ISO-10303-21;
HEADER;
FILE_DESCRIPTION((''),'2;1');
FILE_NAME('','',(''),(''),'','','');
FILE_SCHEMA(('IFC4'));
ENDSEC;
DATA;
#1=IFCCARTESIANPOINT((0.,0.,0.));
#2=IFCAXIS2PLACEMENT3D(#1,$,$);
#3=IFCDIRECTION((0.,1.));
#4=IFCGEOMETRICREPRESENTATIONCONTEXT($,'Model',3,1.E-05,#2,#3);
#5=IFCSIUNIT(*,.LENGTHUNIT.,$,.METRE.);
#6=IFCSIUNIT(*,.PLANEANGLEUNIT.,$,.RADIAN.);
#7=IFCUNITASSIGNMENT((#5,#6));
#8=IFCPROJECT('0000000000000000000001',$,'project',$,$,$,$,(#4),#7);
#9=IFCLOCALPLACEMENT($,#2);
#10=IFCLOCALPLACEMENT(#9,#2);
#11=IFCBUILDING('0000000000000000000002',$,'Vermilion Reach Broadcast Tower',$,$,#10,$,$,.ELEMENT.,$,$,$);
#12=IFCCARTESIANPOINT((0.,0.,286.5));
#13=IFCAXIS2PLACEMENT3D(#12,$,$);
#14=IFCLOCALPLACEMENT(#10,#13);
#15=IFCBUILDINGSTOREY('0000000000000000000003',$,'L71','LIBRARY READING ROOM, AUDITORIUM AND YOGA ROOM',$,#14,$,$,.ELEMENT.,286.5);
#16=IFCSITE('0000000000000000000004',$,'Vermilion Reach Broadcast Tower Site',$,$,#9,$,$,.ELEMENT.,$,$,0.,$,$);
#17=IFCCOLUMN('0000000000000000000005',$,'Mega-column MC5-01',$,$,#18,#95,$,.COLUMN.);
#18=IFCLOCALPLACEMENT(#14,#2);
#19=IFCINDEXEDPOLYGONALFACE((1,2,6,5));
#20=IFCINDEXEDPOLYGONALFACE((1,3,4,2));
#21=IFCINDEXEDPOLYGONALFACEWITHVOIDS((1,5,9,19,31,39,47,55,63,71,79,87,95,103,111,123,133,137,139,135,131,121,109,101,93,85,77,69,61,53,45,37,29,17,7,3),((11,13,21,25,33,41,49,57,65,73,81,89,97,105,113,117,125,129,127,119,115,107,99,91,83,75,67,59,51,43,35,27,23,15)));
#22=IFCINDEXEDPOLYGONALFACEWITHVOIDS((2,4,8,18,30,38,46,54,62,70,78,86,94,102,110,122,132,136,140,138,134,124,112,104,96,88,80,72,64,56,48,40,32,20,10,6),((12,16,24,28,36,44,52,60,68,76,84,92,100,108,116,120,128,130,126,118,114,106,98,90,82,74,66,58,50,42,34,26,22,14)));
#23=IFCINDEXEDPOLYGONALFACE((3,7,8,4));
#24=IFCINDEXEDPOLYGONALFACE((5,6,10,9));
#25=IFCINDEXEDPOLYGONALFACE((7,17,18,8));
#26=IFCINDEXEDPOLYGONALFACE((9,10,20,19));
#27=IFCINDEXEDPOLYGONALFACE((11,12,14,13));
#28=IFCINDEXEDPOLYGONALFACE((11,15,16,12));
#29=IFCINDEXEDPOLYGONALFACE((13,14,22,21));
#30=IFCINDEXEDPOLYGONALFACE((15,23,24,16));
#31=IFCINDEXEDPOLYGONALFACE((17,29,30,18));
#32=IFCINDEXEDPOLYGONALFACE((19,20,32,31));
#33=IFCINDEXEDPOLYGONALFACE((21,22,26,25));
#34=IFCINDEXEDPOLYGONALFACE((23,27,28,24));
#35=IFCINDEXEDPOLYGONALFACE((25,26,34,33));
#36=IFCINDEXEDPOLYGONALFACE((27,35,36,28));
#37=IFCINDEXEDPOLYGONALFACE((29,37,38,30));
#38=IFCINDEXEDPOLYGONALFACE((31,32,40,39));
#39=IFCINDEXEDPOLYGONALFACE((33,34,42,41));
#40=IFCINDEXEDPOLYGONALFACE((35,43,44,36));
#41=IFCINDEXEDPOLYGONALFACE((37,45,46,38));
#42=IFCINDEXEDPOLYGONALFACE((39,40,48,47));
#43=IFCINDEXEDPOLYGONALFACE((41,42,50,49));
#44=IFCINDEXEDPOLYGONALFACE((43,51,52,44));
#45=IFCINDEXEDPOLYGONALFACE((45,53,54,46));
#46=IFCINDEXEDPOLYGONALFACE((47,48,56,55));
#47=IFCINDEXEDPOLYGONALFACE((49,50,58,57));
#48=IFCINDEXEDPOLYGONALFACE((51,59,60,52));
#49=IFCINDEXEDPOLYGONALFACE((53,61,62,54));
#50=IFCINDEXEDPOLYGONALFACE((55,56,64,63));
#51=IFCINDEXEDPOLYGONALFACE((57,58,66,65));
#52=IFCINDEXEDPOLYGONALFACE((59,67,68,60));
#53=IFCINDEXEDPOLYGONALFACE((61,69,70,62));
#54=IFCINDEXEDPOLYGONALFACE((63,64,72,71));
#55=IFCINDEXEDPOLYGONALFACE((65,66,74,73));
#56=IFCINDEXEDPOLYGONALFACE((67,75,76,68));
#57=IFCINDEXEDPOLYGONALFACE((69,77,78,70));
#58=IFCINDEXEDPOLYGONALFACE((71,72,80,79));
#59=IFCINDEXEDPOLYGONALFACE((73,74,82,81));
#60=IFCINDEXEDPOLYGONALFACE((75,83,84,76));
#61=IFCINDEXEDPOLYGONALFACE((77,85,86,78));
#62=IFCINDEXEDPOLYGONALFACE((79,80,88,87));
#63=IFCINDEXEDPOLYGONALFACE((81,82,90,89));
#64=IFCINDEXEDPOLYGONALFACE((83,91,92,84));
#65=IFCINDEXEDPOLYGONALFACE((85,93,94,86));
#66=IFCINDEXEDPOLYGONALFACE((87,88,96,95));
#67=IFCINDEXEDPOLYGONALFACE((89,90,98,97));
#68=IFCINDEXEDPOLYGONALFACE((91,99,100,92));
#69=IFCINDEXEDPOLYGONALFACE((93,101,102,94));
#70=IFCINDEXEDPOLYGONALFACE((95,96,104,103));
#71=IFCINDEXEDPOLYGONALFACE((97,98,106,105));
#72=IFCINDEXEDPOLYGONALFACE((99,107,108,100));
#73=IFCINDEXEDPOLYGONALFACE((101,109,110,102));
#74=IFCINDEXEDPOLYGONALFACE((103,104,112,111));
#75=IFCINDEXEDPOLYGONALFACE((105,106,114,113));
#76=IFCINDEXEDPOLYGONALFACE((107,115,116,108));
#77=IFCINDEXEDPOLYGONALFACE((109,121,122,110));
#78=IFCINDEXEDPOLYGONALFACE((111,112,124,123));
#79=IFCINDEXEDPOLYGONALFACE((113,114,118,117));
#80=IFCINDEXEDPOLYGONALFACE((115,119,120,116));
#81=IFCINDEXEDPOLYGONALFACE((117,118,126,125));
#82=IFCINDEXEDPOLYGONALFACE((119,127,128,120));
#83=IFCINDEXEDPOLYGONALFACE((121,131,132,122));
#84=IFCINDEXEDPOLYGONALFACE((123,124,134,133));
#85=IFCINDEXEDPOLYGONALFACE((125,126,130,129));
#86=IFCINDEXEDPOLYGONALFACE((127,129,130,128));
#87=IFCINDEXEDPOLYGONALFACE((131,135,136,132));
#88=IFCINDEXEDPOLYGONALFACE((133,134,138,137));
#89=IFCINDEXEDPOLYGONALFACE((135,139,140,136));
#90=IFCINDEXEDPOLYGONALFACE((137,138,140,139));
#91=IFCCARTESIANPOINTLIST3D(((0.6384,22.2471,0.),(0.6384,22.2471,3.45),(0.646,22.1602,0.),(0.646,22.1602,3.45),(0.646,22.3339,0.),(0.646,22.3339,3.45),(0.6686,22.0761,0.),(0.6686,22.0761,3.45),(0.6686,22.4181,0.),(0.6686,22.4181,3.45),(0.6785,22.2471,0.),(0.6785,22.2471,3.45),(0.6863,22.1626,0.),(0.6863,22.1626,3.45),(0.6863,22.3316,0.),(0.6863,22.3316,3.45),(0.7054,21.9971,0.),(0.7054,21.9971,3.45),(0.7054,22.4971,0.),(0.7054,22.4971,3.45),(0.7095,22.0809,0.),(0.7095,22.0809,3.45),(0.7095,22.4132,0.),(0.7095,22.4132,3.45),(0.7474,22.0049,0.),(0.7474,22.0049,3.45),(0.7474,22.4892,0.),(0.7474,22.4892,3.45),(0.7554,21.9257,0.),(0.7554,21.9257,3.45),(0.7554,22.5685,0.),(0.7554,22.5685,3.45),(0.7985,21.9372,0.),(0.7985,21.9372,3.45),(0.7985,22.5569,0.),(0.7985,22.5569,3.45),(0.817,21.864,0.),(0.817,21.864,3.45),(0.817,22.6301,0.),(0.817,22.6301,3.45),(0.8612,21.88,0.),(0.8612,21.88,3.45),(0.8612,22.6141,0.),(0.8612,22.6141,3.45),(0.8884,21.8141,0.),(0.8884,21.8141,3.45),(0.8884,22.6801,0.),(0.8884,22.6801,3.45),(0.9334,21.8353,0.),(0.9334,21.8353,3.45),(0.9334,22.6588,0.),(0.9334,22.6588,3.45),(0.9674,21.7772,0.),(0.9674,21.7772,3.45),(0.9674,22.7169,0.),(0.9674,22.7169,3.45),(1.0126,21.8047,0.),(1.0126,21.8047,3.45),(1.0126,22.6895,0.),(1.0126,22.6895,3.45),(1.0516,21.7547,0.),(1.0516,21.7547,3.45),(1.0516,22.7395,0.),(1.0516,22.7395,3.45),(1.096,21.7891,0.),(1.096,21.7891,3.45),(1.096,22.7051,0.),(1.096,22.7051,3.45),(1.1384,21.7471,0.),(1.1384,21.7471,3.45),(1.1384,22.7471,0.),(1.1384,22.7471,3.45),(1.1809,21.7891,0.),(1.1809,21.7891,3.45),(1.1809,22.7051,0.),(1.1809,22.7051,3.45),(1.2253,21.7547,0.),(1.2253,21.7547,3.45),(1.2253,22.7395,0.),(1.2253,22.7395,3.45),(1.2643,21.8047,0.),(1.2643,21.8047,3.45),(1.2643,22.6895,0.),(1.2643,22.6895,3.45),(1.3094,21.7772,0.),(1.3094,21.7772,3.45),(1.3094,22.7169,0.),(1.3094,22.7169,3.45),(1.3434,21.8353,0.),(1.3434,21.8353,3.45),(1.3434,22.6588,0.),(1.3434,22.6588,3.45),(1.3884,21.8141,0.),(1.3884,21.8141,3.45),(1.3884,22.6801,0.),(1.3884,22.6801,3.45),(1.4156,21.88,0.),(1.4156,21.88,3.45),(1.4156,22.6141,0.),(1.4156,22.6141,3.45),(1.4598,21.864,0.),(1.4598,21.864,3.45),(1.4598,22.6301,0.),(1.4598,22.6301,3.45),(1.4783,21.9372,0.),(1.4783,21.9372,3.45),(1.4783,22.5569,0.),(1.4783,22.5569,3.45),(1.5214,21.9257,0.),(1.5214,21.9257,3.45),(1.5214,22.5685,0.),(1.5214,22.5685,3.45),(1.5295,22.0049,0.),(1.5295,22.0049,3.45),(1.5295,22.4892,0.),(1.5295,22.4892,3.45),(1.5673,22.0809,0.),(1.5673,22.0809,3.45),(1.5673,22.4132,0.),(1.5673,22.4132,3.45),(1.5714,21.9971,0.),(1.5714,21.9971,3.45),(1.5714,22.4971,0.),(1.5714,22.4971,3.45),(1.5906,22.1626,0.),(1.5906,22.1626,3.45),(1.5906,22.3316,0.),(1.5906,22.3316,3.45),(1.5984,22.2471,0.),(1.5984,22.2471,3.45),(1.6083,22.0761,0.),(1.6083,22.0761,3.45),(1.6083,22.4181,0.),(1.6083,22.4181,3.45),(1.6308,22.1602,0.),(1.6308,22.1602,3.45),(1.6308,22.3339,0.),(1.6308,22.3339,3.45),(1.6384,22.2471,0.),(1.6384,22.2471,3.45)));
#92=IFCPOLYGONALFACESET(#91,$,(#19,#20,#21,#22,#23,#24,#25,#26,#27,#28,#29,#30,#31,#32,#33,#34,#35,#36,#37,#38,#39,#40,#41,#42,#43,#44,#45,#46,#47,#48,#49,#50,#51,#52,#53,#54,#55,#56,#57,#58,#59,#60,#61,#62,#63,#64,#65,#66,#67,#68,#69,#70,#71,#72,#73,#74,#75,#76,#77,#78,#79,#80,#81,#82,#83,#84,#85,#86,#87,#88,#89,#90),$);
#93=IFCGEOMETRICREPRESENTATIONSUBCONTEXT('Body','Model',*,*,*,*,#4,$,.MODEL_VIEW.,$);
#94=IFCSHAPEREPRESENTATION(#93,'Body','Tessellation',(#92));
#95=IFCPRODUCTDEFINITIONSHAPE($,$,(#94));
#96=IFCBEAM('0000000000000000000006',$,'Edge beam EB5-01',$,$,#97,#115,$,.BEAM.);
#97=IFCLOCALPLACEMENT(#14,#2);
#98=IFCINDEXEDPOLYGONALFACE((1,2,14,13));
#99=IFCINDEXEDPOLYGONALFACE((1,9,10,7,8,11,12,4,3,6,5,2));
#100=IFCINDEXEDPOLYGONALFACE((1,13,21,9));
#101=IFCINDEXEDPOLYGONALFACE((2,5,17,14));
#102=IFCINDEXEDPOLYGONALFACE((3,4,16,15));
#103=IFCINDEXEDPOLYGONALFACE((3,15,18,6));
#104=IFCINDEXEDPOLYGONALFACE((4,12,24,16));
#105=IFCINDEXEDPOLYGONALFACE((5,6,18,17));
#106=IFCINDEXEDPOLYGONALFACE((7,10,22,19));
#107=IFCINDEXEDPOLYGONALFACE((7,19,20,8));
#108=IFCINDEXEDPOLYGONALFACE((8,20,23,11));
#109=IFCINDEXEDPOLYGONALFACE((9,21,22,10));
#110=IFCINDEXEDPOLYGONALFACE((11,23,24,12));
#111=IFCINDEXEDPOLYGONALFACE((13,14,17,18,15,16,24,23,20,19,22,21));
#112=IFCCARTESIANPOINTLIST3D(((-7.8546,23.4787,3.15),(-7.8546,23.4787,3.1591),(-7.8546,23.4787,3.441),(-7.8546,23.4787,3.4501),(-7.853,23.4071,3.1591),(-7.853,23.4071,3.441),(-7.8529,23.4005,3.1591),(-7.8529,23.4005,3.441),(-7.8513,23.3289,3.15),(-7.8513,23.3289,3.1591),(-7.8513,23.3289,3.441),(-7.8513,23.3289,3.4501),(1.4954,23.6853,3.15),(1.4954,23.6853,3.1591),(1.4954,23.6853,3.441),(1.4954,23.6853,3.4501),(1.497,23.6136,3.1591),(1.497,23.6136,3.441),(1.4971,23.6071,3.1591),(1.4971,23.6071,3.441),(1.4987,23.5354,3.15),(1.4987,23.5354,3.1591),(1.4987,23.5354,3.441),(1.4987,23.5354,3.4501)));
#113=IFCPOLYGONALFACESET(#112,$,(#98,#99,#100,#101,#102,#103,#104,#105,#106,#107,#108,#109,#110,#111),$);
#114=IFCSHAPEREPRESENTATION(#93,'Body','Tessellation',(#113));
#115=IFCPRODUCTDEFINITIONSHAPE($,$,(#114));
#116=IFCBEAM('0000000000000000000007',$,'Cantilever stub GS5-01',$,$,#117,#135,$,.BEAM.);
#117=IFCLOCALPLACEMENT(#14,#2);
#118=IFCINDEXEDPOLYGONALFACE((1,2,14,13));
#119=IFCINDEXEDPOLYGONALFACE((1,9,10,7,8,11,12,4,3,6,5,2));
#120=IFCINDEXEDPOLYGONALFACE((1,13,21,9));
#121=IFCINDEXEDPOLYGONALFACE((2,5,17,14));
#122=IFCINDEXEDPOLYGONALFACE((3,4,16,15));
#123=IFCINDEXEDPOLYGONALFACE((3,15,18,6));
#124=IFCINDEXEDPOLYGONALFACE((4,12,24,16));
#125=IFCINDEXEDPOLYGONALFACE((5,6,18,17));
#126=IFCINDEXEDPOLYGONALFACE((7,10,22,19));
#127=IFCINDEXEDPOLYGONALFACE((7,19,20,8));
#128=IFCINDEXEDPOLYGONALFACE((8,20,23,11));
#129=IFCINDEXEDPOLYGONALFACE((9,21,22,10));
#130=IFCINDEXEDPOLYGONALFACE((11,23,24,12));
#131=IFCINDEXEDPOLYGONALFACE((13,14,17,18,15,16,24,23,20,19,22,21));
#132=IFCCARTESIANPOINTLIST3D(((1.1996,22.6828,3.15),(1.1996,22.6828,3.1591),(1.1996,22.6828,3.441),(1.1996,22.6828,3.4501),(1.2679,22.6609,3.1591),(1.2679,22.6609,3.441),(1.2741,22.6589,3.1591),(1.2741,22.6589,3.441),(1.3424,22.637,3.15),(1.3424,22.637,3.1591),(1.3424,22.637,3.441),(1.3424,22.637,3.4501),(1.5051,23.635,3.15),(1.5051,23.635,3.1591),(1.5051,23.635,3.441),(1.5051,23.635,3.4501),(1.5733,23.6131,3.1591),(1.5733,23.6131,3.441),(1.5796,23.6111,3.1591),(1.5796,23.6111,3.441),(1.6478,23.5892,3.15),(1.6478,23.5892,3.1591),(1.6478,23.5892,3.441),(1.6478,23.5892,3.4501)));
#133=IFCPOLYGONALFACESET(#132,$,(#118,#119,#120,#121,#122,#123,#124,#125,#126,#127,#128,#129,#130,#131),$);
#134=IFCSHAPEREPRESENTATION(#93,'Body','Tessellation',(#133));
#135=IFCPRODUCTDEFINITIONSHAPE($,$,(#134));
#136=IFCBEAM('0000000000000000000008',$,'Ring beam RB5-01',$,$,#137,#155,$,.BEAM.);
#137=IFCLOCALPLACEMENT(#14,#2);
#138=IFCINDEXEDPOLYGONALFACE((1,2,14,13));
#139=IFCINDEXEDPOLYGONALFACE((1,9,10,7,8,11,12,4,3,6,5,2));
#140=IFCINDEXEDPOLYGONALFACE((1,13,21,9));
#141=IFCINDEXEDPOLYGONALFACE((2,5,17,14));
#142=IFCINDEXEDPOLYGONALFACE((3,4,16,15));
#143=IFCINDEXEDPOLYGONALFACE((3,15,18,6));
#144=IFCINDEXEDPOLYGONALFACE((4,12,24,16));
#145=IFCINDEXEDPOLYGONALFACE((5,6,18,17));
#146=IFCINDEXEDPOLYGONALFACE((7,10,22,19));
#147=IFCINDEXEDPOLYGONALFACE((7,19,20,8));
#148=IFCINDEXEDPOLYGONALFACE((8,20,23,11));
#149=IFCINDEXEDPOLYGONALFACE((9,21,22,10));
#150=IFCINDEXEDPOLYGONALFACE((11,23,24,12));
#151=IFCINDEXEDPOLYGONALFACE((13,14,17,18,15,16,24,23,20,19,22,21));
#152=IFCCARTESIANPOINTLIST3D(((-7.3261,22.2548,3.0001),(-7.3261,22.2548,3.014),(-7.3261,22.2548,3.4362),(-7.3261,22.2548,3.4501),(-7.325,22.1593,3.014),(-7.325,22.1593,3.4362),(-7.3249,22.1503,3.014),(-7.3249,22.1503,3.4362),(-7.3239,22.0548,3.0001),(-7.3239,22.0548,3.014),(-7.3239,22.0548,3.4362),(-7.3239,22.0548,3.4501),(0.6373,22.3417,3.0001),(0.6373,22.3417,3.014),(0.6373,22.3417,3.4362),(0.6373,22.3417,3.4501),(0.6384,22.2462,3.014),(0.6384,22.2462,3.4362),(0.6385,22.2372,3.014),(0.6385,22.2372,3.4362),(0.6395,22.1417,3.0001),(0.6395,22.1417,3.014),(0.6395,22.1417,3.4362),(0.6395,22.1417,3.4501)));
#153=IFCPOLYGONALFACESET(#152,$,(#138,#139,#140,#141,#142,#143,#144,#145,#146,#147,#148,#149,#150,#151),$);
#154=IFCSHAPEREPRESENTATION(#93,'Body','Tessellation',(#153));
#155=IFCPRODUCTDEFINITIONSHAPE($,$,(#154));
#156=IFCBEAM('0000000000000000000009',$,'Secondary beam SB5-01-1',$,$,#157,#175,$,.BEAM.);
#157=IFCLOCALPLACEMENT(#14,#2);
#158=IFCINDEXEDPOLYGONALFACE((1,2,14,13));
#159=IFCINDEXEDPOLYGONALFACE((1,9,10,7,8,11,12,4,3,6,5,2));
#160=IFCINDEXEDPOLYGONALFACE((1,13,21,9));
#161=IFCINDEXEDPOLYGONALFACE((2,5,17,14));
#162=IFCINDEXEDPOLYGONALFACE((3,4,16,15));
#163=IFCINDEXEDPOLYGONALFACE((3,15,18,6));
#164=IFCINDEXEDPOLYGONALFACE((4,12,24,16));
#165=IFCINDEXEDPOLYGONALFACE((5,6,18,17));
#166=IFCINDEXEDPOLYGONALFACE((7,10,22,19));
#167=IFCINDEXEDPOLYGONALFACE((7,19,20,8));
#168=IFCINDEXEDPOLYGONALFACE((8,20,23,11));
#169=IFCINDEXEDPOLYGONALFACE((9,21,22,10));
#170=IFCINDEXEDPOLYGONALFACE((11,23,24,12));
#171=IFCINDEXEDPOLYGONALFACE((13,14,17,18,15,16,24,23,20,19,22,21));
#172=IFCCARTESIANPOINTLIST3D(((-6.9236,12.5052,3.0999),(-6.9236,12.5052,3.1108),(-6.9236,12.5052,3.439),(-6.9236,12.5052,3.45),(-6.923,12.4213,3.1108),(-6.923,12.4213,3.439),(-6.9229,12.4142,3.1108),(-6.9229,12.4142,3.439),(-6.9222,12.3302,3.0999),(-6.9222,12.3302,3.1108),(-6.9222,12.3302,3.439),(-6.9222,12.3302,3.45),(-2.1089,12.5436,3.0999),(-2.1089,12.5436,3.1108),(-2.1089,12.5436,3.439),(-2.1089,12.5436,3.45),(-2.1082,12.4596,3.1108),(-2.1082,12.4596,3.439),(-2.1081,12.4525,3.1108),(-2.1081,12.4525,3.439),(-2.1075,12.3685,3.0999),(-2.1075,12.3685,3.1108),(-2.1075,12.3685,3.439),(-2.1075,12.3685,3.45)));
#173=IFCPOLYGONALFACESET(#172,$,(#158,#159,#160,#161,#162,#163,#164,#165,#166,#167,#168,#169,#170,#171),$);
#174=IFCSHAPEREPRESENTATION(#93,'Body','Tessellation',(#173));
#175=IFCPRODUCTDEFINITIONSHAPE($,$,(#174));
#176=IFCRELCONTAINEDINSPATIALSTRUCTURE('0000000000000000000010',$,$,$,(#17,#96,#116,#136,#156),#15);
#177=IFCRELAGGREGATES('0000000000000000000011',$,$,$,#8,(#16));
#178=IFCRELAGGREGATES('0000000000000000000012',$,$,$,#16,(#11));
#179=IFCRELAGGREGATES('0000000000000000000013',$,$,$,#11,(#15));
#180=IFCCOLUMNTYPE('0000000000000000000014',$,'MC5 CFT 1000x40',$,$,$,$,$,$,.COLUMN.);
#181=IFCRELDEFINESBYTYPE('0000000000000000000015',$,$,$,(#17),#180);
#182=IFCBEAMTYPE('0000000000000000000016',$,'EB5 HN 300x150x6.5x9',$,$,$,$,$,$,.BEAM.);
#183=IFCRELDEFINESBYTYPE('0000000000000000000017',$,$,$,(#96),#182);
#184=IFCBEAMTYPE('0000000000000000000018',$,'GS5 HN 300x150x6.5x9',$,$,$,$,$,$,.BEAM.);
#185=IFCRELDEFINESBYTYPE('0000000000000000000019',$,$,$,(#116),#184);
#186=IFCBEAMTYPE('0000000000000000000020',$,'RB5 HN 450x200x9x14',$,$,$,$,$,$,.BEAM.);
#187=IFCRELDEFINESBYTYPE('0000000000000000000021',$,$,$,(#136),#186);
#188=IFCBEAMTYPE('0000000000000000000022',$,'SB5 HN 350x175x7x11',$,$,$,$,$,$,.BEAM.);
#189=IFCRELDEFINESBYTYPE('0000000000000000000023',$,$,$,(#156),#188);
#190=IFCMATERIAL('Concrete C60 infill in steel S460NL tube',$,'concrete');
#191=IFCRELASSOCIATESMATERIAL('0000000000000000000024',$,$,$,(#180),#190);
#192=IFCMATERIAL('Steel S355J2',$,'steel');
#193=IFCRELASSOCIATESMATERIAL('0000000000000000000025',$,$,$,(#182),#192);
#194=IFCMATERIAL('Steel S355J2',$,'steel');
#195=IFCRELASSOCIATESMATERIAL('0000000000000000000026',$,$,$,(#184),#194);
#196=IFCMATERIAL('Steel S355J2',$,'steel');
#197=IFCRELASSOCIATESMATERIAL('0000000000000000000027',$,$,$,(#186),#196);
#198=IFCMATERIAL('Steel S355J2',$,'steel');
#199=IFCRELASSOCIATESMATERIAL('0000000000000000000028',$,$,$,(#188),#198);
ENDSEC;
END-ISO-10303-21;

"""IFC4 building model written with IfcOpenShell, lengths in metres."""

from ifc_helpers import new_model, si_unit, direction, frame, origin, origin_2d, place, context, subcontext, project, spatial, hollow_circle, i_section, extrude, material, material_profile, profile_set, type_object, element, save


model = new_model("IFC4")

# Units and contexts
model_context = context("Model", 3, precision=1e-05, world=origin(), true_north=direction((0.0, 1.0)))
body_context = subcontext(model_context, "Body", "Model", "MODEL_VIEW")
ifc_project = project(units=[si_unit("LENGTHUNIT", "METRE"), si_unit("PLANEANGLEUNIT", "RADIAN")], contexts=[model_context])

# Site, building, storey
site_placement = place(None, origin())
site = spatial("IfcSite", under=ifc_project, at=site_placement, Name="Vermilion Reach Broadcast Tower Site", CompositionType="ELEMENT", RefElevation=0.0)
building_placement = place(site_placement, origin())
building = spatial("IfcBuilding", under=site, at=building_placement, Name="Vermilion Reach Broadcast Tower", CompositionType="ELEMENT")
storey_placement = place(building_placement, frame((0.0, 0.0, 286.5)))
storey = spatial("IfcBuildingStorey", under=building, at=storey_placement, Name="L71", Description="LIBRARY READING ROOM, AUDITORIUM AND YOGA ROOM", CompositionType="ELEMENT", Elevation=286.5)

# Column
ifc_material_1 = material(Name="Concrete C60 infill in steel S460NL tube", Category="concrete")
ifc_material_profile_1 = material_profile(ifc_material_1, hollow_circle(Radius=0.5, WallThickness=0.04, at=origin_2d()), Name="Concrete C60 infill in steel S460NL tube CFT 1000x40")
ifc_profile_set_1 = profile_set([ifc_material_profile_1], Name="Concrete C60 infill in steel S460NL tube")
column_type = type_object("IfcColumnType", Name="MC5 CFT 1000x40", PredefinedType="COLUMN", material=ifc_profile_set_1)
column_placement = place(storey_placement, frame((1.1384, 22.2471, 0.0), z_axis=(0.0, 0.0, 1.0), x_axis=(1.0, 0.0, 0.0)))
element("IfcColumn", 1, at=column_placement, inside=storey, type_object=column_type, Name="Mega-column MC5-01", PredefinedType="COLUMN", context=body_context, shape_type="SweptSolid", body=[
    extrude(hollow_circle(Radius=0.5, WallThickness=0.04, at=origin_2d()), origin(), (0.0, 0.0, 1.0), 3.45),
])

# Beams
ifc_material_2 = material(Name="Steel S355J2", Category="steel")
ifc_material_profile_2 = material_profile(ifc_material_2, i_section(OverallWidth=0.1499, OverallDepth=0.3, WebThickness=0.0066, FlangeThickness=0.009, at=origin_2d()), Name="S355J2 HN 300x150x6.5x9")
ifc_profile_set_2 = profile_set([ifc_material_profile_2], Name="Steel S355J2")
beam_type_1 = type_object("IfcBeamType", Name="EB5 HN 300x150x6.5x9", PredefinedType="BEAM", material=ifc_profile_set_2)
beam_1_placement = place(storey_placement, frame((1.4971, 23.6104, 3.3), z_axis=(-0.999756, -0.022085, 0.0), x_axis=(0.022085, -0.999756, 0.0)))
element("IfcBeam", 2, at=beam_1_placement, inside=storey, type_object=beam_type_1, Name="Edge beam EB5-01", PredefinedType="BEAM", context=body_context, shape_type="SweptSolid", body=[
    extrude(i_section(OverallWidth=0.1499, OverallDepth=0.3, WebThickness=0.0066, FlangeThickness=0.009, at=origin_2d()), origin(), (0.0, 0.0, 1.0), 9.3523),
])
ifc_material_3 = material(Name="Steel S355J2", Category="steel")
ifc_material_profile_3 = material_profile(ifc_material_3, i_section(OverallWidth=0.1499, OverallDepth=0.3, WebThickness=0.0066, FlangeThickness=0.009, at=origin_2d()), Name="S355J2 HN 300x150x6.5x9")
ifc_profile_set_3 = profile_set([ifc_material_profile_3], Name="Steel S355J2")
beam_type_2 = type_object("IfcBeamType", Name="GS5 HN 300x150x6.5x9", PredefinedType="BEAM", material=ifc_profile_set_3)
beam_2_placement = place(storey_placement, frame((1.271, 22.6599, 3.3), z_axis=(0.30544, 0.952211, 0.0), x_axis=(-0.952211, 0.30544, 0.0)))
element("IfcBeam", 3, at=beam_2_placement, inside=storey, type_object=beam_type_2, Name="Cantilever stub GS5-01", PredefinedType="BEAM", context=body_context, shape_type="SweptSolid", body=[
    extrude(i_section(OverallWidth=0.1499, OverallDepth=0.3, WebThickness=0.0066, FlangeThickness=0.009, at=origin_2d()), origin(), (0.0, 0.0, 1.0), 1.0),
])
ifc_material_4 = material(Name="Steel S355J2", Category="steel")
ifc_material_profile_4 = material_profile(ifc_material_4, i_section(OverallWidth=0.2, OverallDepth=0.45, WebThickness=0.009, FlangeThickness=0.0139, at=origin_2d()), Name="S355J2 HN 450x200x9x14")
ifc_profile_set_4 = profile_set([ifc_material_profile_4], Name="Steel S355J2")
beam_type_3 = type_object("IfcBeamType", Name="RB5 HN 450x200x9x14", PredefinedType="BEAM", material=ifc_profile_set_4)
beam_3_placement = place(storey_placement, frame((0.6384, 22.2417, 3.2251), z_axis=(-0.99994, -0.010914, 0.0), x_axis=(0.010914, -0.99994, 0.0)))
element("IfcBeam", 4, at=beam_3_placement, inside=storey, type_object=beam_type_3, Name="Ring beam RB5-01", PredefinedType="BEAM", context=body_context, shape_type="SweptSolid", body=[
    extrude(i_section(OverallWidth=0.2, OverallDepth=0.45, WebThickness=0.009, FlangeThickness=0.0139, at=origin_2d()), origin(), (0.0, 0.0, 1.0), 7.9639),
])
ifc_material_5 = material(Name="Steel S355J2", Category="steel")
ifc_material_profile_5 = material_profile(ifc_material_5, i_section(OverallWidth=0.175, OverallDepth=0.3501, WebThickness=0.0071, FlangeThickness=0.011, at=origin_2d()), Name="S355J2 HN 350x175x7x11")
ifc_profile_set_5 = profile_set([ifc_material_profile_5], Name="Steel S355J2")
beam_type_4 = type_object("IfcBeamType", Name="SB5 HN 350x175x7x11", PredefinedType="BEAM", material=ifc_profile_set_5)
beam_4_placement = place(storey_placement, frame((-2.1082, 12.4561, 3.2749), z_axis=(-0.999968, -0.007961, 0.0), x_axis=(0.007961, -0.999968, 0.0)))
element("IfcBeam", 5, at=beam_4_placement, inside=storey, type_object=beam_type_4, Name="Secondary beam SB5-01-1", PredefinedType="BEAM", context=body_context, shape_type="SweptSolid", body=[
    extrude(i_section(OverallWidth=0.175, OverallDepth=0.3501, WebThickness=0.0071, FlangeThickness=0.011, at=origin_2d()), origin(), (0.0, 0.0, 1.0), 4.8149),
])

save(model, "model.ifc")
